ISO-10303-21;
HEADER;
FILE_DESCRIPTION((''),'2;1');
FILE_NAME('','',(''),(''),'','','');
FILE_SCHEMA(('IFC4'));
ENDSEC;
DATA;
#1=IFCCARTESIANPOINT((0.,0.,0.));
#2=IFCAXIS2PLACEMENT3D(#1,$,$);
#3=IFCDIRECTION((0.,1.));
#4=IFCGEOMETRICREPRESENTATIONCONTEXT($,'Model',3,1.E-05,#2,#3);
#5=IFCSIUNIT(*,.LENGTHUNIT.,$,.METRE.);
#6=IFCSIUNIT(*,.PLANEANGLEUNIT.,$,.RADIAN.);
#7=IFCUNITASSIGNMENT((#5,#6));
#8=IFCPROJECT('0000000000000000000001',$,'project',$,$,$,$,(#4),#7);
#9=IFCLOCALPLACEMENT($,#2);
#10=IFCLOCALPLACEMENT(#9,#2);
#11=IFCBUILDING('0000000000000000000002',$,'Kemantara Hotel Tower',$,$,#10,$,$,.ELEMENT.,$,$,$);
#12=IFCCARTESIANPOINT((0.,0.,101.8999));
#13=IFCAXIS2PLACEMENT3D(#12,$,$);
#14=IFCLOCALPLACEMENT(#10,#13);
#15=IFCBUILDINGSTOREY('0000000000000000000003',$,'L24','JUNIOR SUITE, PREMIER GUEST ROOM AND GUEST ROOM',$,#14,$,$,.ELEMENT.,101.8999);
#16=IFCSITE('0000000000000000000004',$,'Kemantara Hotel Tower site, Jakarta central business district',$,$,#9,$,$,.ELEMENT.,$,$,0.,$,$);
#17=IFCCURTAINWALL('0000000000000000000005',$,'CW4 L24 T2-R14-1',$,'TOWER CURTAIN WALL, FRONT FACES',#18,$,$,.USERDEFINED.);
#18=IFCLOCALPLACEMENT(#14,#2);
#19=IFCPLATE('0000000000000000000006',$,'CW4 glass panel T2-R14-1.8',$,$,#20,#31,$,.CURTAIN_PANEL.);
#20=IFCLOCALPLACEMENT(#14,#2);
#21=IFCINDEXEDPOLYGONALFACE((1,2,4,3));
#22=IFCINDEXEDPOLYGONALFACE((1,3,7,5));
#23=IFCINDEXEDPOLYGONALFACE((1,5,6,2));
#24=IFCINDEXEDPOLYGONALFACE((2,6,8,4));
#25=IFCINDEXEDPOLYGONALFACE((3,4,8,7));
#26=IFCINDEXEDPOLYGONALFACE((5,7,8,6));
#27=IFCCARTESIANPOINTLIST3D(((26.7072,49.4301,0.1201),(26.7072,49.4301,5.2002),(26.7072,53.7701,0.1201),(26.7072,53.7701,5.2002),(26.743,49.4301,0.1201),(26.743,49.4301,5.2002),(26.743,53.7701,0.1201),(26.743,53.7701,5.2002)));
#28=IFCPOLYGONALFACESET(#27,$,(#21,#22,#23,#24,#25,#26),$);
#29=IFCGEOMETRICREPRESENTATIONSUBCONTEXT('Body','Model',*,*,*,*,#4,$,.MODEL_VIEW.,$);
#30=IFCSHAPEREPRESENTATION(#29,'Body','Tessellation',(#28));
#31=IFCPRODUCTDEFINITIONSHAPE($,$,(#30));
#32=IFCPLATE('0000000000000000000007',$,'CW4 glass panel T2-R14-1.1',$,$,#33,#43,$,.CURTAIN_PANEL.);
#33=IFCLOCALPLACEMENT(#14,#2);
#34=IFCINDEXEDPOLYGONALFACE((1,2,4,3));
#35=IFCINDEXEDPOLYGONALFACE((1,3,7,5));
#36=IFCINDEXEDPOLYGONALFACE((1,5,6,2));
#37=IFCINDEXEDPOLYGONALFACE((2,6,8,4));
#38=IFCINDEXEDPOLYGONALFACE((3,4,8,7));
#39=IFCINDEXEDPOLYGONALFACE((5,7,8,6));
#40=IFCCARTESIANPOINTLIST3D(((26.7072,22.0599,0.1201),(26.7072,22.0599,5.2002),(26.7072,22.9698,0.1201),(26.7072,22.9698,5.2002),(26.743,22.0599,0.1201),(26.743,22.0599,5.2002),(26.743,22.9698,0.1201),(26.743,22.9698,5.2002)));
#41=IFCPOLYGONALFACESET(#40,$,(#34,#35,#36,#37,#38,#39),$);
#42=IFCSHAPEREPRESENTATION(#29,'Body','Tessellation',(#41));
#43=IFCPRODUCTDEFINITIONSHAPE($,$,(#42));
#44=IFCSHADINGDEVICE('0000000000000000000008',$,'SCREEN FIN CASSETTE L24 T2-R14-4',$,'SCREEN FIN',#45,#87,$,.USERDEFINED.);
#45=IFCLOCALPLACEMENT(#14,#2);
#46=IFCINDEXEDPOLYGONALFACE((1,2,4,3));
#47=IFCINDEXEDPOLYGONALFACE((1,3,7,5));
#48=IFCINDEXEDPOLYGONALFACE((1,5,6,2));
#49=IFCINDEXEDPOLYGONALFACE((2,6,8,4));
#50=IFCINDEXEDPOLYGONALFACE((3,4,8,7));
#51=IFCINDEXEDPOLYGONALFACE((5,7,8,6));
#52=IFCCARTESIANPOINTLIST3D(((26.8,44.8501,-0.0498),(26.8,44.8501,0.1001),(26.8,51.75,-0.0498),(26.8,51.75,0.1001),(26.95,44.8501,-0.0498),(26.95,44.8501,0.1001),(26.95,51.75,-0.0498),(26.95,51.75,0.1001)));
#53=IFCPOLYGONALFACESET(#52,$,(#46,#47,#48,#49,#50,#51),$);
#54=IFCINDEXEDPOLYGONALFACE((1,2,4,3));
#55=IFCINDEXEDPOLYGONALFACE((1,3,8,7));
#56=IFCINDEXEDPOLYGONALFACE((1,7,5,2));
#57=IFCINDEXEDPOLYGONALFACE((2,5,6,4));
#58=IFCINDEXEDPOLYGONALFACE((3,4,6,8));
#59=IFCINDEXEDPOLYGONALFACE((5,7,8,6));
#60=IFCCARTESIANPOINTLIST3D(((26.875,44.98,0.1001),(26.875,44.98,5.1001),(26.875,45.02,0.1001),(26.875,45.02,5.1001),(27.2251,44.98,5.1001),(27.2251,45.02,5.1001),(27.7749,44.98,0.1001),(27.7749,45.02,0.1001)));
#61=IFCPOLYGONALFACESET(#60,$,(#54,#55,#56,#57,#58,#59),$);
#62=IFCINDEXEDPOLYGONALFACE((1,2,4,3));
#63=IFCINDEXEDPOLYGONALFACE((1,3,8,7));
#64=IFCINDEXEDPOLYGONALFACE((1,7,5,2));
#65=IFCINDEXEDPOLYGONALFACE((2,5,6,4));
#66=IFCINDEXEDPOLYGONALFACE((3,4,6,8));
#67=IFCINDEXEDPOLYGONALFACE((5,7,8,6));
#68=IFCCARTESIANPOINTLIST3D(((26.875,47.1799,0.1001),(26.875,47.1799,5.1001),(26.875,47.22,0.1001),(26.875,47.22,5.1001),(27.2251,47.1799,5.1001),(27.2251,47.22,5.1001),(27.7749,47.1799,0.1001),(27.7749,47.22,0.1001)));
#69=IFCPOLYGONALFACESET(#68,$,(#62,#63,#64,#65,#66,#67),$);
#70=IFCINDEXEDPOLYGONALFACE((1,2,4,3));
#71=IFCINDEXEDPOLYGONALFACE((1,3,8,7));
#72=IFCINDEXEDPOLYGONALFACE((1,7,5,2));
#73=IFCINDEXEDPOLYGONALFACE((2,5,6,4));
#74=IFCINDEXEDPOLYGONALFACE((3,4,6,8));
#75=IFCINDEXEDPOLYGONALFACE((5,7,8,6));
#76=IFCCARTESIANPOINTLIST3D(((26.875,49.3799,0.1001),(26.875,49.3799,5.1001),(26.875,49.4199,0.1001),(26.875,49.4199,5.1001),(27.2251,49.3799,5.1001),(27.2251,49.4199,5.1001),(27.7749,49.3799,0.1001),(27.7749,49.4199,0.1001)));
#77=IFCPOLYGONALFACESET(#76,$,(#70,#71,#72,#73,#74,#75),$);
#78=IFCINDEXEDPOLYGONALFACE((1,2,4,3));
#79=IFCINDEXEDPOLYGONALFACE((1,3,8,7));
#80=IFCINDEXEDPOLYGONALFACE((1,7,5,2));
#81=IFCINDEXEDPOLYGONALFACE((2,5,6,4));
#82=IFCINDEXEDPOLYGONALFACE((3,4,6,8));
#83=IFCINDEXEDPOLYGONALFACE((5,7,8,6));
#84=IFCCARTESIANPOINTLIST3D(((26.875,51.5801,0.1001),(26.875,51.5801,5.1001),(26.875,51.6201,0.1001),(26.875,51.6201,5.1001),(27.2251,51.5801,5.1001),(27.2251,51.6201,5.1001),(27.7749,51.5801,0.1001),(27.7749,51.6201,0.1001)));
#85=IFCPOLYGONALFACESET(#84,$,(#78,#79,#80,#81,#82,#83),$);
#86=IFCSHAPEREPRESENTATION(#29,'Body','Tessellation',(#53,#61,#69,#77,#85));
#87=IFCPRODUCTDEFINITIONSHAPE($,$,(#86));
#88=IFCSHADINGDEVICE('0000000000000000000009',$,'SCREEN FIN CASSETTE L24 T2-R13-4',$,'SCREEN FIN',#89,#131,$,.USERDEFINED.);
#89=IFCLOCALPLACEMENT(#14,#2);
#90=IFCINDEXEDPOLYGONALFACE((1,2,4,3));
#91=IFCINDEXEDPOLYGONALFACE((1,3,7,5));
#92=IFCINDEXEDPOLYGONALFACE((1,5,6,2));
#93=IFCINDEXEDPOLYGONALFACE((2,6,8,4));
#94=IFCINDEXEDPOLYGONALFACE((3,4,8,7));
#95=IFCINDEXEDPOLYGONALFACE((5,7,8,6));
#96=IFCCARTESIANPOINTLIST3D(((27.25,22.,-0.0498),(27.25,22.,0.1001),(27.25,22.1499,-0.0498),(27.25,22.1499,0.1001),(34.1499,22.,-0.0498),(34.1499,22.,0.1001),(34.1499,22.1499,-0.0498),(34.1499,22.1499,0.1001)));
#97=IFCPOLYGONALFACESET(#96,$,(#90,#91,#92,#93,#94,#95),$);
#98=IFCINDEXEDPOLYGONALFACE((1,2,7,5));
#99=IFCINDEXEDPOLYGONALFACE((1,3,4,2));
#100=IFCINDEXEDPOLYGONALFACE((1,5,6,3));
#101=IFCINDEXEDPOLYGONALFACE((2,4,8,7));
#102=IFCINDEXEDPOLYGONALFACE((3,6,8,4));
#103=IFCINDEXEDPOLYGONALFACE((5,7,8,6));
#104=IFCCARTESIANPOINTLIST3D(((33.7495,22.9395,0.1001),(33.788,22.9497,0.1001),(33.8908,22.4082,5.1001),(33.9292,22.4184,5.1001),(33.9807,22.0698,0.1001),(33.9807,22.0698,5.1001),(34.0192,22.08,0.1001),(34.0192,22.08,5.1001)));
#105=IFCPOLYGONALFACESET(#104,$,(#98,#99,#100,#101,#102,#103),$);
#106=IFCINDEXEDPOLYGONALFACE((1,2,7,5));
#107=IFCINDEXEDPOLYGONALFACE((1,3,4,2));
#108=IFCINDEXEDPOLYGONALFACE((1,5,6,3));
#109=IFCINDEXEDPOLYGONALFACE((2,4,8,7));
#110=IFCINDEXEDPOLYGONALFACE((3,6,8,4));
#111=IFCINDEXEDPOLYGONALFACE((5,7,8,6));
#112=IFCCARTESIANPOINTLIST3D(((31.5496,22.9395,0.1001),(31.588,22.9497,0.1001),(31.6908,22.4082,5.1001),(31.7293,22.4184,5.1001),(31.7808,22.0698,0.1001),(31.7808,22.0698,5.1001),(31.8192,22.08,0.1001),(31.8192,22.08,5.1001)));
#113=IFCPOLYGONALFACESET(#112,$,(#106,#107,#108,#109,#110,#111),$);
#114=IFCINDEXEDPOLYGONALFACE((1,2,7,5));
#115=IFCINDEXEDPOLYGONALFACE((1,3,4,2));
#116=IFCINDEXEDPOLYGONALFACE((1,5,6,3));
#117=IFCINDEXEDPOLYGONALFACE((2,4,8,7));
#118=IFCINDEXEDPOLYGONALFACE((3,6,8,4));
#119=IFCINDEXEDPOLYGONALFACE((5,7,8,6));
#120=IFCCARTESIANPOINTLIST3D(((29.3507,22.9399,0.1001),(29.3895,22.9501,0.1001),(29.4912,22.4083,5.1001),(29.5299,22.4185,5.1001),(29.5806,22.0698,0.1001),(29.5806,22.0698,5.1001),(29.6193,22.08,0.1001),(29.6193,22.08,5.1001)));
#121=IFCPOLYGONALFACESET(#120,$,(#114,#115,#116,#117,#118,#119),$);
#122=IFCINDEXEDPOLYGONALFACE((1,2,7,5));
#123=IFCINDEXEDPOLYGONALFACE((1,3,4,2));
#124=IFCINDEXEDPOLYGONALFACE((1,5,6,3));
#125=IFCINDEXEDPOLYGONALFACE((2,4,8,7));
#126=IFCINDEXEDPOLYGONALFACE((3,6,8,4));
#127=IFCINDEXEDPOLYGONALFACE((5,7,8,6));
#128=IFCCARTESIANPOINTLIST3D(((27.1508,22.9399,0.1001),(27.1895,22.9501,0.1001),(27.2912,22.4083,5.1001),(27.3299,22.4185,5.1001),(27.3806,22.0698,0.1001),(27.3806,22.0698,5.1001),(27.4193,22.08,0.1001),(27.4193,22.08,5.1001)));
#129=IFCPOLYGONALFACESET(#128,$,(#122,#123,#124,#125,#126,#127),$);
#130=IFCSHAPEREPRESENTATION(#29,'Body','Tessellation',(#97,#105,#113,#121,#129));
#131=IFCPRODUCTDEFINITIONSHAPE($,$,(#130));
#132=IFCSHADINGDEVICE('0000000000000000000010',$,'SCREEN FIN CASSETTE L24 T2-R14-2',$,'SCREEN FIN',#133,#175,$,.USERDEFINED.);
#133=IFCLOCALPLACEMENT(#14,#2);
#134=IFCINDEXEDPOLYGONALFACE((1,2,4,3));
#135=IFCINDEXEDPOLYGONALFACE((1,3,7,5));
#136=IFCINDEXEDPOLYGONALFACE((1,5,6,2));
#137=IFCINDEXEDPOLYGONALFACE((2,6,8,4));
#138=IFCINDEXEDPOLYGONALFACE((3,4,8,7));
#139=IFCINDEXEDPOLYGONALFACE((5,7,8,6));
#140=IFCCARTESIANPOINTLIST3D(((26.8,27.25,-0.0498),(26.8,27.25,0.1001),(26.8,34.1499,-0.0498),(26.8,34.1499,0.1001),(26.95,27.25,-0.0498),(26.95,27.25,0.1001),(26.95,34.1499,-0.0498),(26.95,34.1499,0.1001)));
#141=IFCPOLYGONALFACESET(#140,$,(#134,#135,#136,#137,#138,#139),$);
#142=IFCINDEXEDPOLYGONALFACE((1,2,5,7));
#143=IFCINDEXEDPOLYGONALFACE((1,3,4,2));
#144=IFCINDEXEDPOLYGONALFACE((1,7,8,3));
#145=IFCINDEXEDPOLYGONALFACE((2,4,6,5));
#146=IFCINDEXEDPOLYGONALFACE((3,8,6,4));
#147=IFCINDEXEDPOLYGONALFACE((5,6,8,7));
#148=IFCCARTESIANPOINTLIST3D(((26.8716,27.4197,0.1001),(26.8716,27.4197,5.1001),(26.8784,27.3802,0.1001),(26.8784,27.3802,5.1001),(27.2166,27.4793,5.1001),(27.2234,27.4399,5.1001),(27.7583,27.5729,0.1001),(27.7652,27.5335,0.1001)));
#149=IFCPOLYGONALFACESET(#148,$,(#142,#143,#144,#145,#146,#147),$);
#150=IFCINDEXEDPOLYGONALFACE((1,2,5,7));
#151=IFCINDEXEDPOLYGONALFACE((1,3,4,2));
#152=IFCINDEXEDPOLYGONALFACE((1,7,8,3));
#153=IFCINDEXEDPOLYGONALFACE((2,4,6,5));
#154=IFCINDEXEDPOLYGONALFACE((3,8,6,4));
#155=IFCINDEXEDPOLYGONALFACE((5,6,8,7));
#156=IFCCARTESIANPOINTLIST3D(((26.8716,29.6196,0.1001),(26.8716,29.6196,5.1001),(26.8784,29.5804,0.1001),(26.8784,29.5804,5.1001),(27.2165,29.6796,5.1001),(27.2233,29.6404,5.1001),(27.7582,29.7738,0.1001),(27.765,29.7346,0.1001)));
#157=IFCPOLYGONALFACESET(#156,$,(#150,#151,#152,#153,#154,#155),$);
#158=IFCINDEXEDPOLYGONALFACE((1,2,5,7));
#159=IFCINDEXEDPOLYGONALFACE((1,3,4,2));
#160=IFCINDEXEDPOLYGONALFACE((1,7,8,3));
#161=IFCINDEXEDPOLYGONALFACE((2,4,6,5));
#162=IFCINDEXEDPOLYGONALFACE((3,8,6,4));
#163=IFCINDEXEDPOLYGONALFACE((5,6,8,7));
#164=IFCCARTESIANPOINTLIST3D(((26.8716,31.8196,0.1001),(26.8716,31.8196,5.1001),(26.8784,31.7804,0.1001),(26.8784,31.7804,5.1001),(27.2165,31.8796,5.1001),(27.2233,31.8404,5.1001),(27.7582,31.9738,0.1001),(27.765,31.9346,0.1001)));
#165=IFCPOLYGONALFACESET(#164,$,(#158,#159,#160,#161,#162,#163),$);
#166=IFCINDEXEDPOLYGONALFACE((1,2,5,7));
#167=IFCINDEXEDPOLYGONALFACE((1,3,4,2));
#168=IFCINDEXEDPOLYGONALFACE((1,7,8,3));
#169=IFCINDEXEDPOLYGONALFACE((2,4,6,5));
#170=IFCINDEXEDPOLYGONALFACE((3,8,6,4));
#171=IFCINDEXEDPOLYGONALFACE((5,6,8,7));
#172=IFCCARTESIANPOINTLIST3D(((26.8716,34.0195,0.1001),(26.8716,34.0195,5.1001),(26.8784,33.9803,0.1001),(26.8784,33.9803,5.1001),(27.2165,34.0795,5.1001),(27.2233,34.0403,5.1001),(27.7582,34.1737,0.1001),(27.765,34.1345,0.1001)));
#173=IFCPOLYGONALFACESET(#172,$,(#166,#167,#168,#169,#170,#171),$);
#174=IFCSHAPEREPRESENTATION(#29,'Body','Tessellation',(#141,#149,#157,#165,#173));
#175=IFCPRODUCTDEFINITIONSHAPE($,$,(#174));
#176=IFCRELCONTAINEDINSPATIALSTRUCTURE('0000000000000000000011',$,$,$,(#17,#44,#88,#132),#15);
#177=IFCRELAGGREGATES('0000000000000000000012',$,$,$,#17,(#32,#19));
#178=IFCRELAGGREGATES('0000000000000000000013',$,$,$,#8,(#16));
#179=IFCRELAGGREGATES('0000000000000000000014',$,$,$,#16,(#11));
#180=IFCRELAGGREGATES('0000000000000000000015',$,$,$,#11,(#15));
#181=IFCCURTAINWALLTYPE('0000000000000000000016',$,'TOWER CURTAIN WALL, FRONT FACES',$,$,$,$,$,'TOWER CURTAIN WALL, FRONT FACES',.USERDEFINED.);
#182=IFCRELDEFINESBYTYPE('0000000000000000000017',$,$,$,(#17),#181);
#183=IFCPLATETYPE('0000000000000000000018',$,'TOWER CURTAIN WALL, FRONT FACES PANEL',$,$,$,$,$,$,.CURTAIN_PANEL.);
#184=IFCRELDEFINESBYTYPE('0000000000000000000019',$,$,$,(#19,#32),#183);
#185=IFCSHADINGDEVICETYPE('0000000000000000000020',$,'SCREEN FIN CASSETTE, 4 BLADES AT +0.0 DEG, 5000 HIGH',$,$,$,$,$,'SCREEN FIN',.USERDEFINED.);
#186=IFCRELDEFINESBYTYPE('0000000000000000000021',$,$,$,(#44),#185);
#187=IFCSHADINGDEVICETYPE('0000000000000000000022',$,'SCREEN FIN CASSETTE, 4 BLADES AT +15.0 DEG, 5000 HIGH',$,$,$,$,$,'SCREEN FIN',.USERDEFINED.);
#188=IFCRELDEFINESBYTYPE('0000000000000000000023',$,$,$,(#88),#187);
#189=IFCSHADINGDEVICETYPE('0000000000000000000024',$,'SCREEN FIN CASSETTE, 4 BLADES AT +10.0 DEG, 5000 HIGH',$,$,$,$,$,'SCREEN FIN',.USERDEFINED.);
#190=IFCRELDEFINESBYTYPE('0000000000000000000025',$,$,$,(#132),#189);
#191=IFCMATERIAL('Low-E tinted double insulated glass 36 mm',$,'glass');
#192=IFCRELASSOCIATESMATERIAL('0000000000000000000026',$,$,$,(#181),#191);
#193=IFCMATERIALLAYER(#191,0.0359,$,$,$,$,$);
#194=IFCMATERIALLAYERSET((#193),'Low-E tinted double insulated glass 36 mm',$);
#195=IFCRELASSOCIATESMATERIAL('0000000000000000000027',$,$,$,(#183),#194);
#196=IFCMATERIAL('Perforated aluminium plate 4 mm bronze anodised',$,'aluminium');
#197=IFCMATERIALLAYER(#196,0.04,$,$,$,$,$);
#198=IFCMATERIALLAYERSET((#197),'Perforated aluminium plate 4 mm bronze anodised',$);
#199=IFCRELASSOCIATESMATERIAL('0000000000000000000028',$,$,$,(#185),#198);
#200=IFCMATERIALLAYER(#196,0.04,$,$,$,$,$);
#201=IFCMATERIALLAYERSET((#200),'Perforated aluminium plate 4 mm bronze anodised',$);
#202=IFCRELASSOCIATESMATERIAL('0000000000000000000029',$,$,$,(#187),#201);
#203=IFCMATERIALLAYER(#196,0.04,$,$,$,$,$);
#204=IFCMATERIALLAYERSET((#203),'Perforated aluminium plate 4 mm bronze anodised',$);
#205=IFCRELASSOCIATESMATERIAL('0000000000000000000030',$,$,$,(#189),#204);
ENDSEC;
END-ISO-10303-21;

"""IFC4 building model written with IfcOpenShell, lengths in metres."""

from ifc_helpers import new_model, si_unit, direction, frame, origin, origin_2d, place, context, subcontext, project, spatial, polyline, rectangle, outline, extrude, source, transform, mapped, material, layer, layer_set, type_object, element, aggregate, save


model = new_model("IFC4")

# Units and contexts
model_context = context("Model", 3, precision=1e-05, world=origin(), true_north=direction((0.0, 1.0)))
body_context = subcontext(model_context, "Body", "Model", "MODEL_VIEW")
ifc_project = project(units=[si_unit("LENGTHUNIT", "METRE"), si_unit("PLANEANGLEUNIT", "RADIAN")], contexts=[model_context])

# Site, building, storey
site_placement = place(None, origin())
site = spatial("IfcSite", under=ifc_project, at=site_placement, Name="Kemantara Hotel Tower site, Jakarta central business district", CompositionType="ELEMENT", RefElevation=0.0)
building_placement = place(site_placement, origin())
building = spatial("IfcBuilding", under=site, at=building_placement, Name="Kemantara Hotel Tower", CompositionType="ELEMENT")
storey_placement = place(building_placement, frame((0.0, 0.0, 101.8999)))
storey = spatial("IfcBuildingStorey", under=building, at=storey_placement, Name="L24", Description="JUNIOR SUITE, PREMIER GUEST ROOM AND GUEST ROOM", CompositionType="ELEMENT", Elevation=101.8999)

# Curtain wall
ifc_material_1 = material(Name="Low-E tinted double insulated glass 36 mm", Category="glass")
curtain_wall_type = type_object("IfcCurtainWallType", Name="TOWER CURTAIN WALL, FRONT FACES", ElementType="TOWER CURTAIN WALL, FRONT FACES", PredefinedType="USERDEFINED", material=ifc_material_1)
curtain_wall_1_placement = place(storey_placement, origin())
curtain_wall_1 = element("IfcCurtainWall", 1, at=curtain_wall_1_placement, inside=storey, type_object=curtain_wall_type, Name="CW4 L24 T2-R14-1", ObjectType="TOWER CURTAIN WALL, FRONT FACES", PredefinedType="USERDEFINED")

# Plates
ifc_layer_1 = layer(ifc_material_1, 0.0359)
ifc_layer_set_1 = layer_set([ifc_layer_1], Name="Low-E tinted double insulated glass 36 mm")
plate_type = type_object("IfcPlateType", Name="TOWER CURTAIN WALL, FRONT FACES PANEL", PredefinedType="CURTAIN_PANEL", material=ifc_layer_set_1)
shared_shape_1 = source(origin(), body_context, "Body", "SweptSolid", [
    extrude(rectangle(XDim=4.3401, YDim=0.0359, at=origin_2d()), origin(), (0.0, 0.0, 1.0), 5.0801),
])
plate_1_placement = place(storey_placement, frame((26.7251, 51.6001, 0.1201), z_axis=(0.0, 0.0, 1.0), x_axis=(0.0, 1.0, 0.0)))
plate_1 = element("IfcPlate", 2, at=plate_1_placement, type_object=plate_type, Name="CW4 glass panel T2-R14-1.8", PredefinedType="CURTAIN_PANEL", context=body_context, shape_type="MappedRepresentation", body=[
    mapped(shared_shape_1, transform((0.0, 0.0, 0.0))),
])
shared_shape_2 = source(origin(), body_context, "Body", "SweptSolid", [
    extrude(rectangle(XDim=0.9099, YDim=0.0359, at=origin_2d()), origin(), (0.0, 0.0, 1.0), 5.0801),
])
plate_2_placement = place(storey_placement, frame((26.7251, 22.5149, 0.1201), z_axis=(0.0, 0.0, 1.0), x_axis=(0.0, 1.0, 0.0)))
plate_2 = element("IfcPlate", 3, at=plate_2_placement, type_object=plate_type, Name="CW4 glass panel T2-R14-1.1", PredefinedType="CURTAIN_PANEL", context=body_context, shape_type="MappedRepresentation", body=[
    mapped(shared_shape_2, transform((0.0, 0.0, 0.0))),
])
aggregate(curtain_wall_1, [plate_2, plate_1])

# Shading devices
ifc_material_2 = material(Name="Perforated aluminium plate 4 mm bronze anodised", Category="aluminium")
ifc_layer_2 = layer(ifc_material_2, 0.04)
ifc_layer_set_2 = layer_set([ifc_layer_2], Name="Perforated aluminium plate 4 mm bronze anodised")
shading_device_type_1 = type_object("IfcShadingDeviceType", Name="SCREEN FIN CASSETTE, 4 BLADES AT +0.0 DEG, 5000 HIGH", ElementType="SCREEN FIN", PredefinedType="USERDEFINED", material=ifc_layer_set_2)
shared_shape_3 = source(origin(), body_context, "Body", "SweptSolid", [
    extrude(rectangle(XDim=6.8999, YDim=0.1499, at=origin_2d()), frame((3.3, -0.075, -0.1499), z_axis=(0.0, 0.0, 1.0), x_axis=(1.0, 0.0, 0.0)), (0.0, 0.0, 1.0), 0.1499),
    extrude(outline(polyline([(0.0, 0.0), (0.8999, 0.0), (0.3501, 5.0), (0.0, 5.0), (0.0, 0.0)])), frame((0.02, -0.075, 0.0), z_axis=(-1.0, 0.0, 0.0), x_axis=(0.0, -1.0, 0.0)), (0.0, 0.0, 1.0), 0.04),
    extrude(outline(polyline([(0.0, 0.0), (0.8999, 0.0), (0.3501, 5.0), (0.0, 5.0), (0.0, 0.0)])), frame((2.22, -0.075, 0.0), z_axis=(-1.0, 0.0, 0.0), x_axis=(0.0, -1.0, 0.0)), (0.0, 0.0, 1.0), 0.04),
    extrude(outline(polyline([(0.0, 0.0), (0.8999, 0.0), (0.3501, 5.0), (0.0, 5.0), (0.0, 0.0)])), frame((4.4199, -0.075, 0.0), z_axis=(-1.0, 0.0, 0.0), x_axis=(0.0, -1.0, 0.0)), (0.0, 0.0, 1.0), 0.04),
    extrude(outline(polyline([(0.0, 0.0), (0.8999, 0.0), (0.3501, 5.0), (0.0, 5.0), (0.0, 0.0)])), frame((6.6201, -0.075, 0.0), z_axis=(-1.0, 0.0, 0.0), x_axis=(0.0, -1.0, 0.0)), (0.0, 0.0, 1.0), 0.04),
])
shading_device_1_placement = place(storey_placement, frame((26.8, 45.0, 0.1001), z_axis=(0.0, 0.0, 1.0), x_axis=(0.0, 1.0, 0.0)))
element("IfcShadingDevice", 4, at=shading_device_1_placement, inside=storey, type_object=shading_device_type_1, Name="SCREEN FIN CASSETTE L24 T2-R14-4", ObjectType="SCREEN FIN", PredefinedType="USERDEFINED", context=body_context, shape_type="MappedRepresentation", body=[
    mapped(shared_shape_3, transform((0.0, 0.0, 0.0))),
])
ifc_layer_3 = layer(ifc_material_2, 0.04)
ifc_layer_set_3 = layer_set([ifc_layer_3], Name="Perforated aluminium plate 4 mm bronze anodised")
shading_device_type_2 = type_object("IfcShadingDeviceType", Name="SCREEN FIN CASSETTE, 4 BLADES AT +15.0 DEG, 5000 HIGH", ElementType="SCREEN FIN", PredefinedType="USERDEFINED", material=ifc_layer_set_3)
shared_shape_4 = source(origin(), body_context, "Body", "SweptSolid", [
    extrude(rectangle(XDim=6.8999, YDim=0.1499, at=origin_2d()), frame((3.3, -0.075, -0.1499), z_axis=(0.0, 0.0, 1.0), x_axis=(1.0, 0.0, 0.0)), (0.0, 0.0, 1.0), 0.1499),
    extrude(outline(polyline([(0.0, 0.0), (0.8999, 0.0), (0.3501, 5.0), (0.0, 5.0), (0.0, 0.0)])), frame((0.0193, -0.0698, 0.0), z_axis=(-0.966438, -0.256901, 0.0), x_axis=(0.256901, -0.966438, 0.0)), (0.0, 0.0, 1.0), 0.0398),
    extrude(outline(polyline([(0.0, 0.0), (0.8999, 0.0), (0.3501, 5.0), (0.0, 5.0), (0.0, 0.0)])), frame((2.2192, -0.0698, 0.0), z_axis=(-0.966438, -0.256901, 0.0), x_axis=(0.256901, -0.966438, 0.0)), (0.0, 0.0, 1.0), 0.0398),
    extrude(outline(polyline([(0.0, 0.0), (0.8999, 0.0), (0.3501, 5.0), (0.0, 5.0), (0.0, 0.0)])), frame((4.4194, -0.0698, 0.0), z_axis=(-0.966838, -0.255391, 0.0), x_axis=(0.255391, -0.966838, 0.0)), (0.0, 0.0, 1.0), 0.04),
    extrude(outline(polyline([(0.0, 0.0), (0.8999, 0.0), (0.3501, 5.0), (0.0, 5.0), (0.0, 0.0)])), frame((6.6194, -0.0698, 0.0), z_axis=(-0.966838, -0.255391, 0.0), x_axis=(0.255391, -0.966838, 0.0)), (0.0, 0.0, 1.0), 0.04),
])
shading_device_2_placement = place(storey_placement, frame((34.0, 22.0, 0.1001), z_axis=(0.0, 0.0, 1.0), x_axis=(-1.0, 0.0, 0.0)))
element("IfcShadingDevice", 5, at=shading_device_2_placement, inside=storey, type_object=shading_device_type_2, Name="SCREEN FIN CASSETTE L24 T2-R13-4", ObjectType="SCREEN FIN", PredefinedType="USERDEFINED", context=body_context, shape_type="MappedRepresentation", body=[
    mapped(shared_shape_4, transform((0.0, 0.0, 0.0))),
])
ifc_layer_4 = layer(ifc_material_2, 0.04)
ifc_layer_set_4 = layer_set([ifc_layer_4], Name="Perforated aluminium plate 4 mm bronze anodised")
shading_device_type_3 = type_object("IfcShadingDeviceType", Name="SCREEN FIN CASSETTE, 4 BLADES AT +10.0 DEG, 5000 HIGH", ElementType="SCREEN FIN", PredefinedType="USERDEFINED", material=ifc_layer_set_4)
shared_shape_5 = source(origin(), body_context, "Body", "SweptSolid", [
    extrude(rectangle(XDim=6.8999, YDim=0.1499, at=origin_2d()), frame((3.3, -0.075, -0.1499), z_axis=(0.0, 0.0, 1.0), x_axis=(1.0, 0.0, 0.0)), (0.0, 0.0, 1.0), 0.1499),
    extrude(outline(polyline([(0.0, 0.0), (0.8999, 0.0), (0.3501, 5.0), (0.0, 5.0), (0.0, 0.0)])), frame((0.0198, -0.0715, 0.0), z_axis=(-0.98539, -0.170314, 0.0), x_axis=(0.170314, -0.98539, 0.0)), (0.0, 0.0, 1.0), 0.04),
    extrude(outline(polyline([(0.0, 0.0), (0.8999, 0.0), (0.3501, 5.0), (0.0, 5.0), (0.0, 0.0)])), frame((2.2197, -0.0715, 0.0), z_axis=(-0.985212, -0.171341, 0.0), x_axis=(0.171341, -0.985212, 0.0)), (0.0, 0.0, 1.0), 0.0398),
    extrude(outline(polyline([(0.0, 0.0), (0.8999, 0.0), (0.3501, 5.0), (0.0, 5.0), (0.0, 0.0)])), frame((4.4197, -0.0715, 0.0), z_axis=(-0.985212, -0.171341, 0.0), x_axis=(0.171341, -0.985212, 0.0)), (0.0, 0.0, 1.0), 0.0398),
    extrude(outline(polyline([(0.0, 0.0), (0.8999, 0.0), (0.3501, 5.0), (0.0, 5.0), (0.0, 0.0)])), frame((6.6196, -0.0715, 0.0), z_axis=(-0.985212, -0.171341, 0.0), x_axis=(0.171341, -0.985212, 0.0)), (0.0, 0.0, 1.0), 0.0398),
])
shading_device_3_placement = place(storey_placement, frame((26.8, 27.3999, 0.1001), z_axis=(0.0, 0.0, 1.0), x_axis=(0.0, 1.0, 0.0)))
element("IfcShadingDevice", 6, at=shading_device_3_placement, inside=storey, type_object=shading_device_type_3, Name="SCREEN FIN CASSETTE L24 T2-R14-2", ObjectType="SCREEN FIN", PredefinedType="USERDEFINED", context=body_context, shape_type="MappedRepresentation", body=[
    mapped(shared_shape_5, transform((0.0, 0.0, 0.0))),
])

save(model, "model.ifc")
